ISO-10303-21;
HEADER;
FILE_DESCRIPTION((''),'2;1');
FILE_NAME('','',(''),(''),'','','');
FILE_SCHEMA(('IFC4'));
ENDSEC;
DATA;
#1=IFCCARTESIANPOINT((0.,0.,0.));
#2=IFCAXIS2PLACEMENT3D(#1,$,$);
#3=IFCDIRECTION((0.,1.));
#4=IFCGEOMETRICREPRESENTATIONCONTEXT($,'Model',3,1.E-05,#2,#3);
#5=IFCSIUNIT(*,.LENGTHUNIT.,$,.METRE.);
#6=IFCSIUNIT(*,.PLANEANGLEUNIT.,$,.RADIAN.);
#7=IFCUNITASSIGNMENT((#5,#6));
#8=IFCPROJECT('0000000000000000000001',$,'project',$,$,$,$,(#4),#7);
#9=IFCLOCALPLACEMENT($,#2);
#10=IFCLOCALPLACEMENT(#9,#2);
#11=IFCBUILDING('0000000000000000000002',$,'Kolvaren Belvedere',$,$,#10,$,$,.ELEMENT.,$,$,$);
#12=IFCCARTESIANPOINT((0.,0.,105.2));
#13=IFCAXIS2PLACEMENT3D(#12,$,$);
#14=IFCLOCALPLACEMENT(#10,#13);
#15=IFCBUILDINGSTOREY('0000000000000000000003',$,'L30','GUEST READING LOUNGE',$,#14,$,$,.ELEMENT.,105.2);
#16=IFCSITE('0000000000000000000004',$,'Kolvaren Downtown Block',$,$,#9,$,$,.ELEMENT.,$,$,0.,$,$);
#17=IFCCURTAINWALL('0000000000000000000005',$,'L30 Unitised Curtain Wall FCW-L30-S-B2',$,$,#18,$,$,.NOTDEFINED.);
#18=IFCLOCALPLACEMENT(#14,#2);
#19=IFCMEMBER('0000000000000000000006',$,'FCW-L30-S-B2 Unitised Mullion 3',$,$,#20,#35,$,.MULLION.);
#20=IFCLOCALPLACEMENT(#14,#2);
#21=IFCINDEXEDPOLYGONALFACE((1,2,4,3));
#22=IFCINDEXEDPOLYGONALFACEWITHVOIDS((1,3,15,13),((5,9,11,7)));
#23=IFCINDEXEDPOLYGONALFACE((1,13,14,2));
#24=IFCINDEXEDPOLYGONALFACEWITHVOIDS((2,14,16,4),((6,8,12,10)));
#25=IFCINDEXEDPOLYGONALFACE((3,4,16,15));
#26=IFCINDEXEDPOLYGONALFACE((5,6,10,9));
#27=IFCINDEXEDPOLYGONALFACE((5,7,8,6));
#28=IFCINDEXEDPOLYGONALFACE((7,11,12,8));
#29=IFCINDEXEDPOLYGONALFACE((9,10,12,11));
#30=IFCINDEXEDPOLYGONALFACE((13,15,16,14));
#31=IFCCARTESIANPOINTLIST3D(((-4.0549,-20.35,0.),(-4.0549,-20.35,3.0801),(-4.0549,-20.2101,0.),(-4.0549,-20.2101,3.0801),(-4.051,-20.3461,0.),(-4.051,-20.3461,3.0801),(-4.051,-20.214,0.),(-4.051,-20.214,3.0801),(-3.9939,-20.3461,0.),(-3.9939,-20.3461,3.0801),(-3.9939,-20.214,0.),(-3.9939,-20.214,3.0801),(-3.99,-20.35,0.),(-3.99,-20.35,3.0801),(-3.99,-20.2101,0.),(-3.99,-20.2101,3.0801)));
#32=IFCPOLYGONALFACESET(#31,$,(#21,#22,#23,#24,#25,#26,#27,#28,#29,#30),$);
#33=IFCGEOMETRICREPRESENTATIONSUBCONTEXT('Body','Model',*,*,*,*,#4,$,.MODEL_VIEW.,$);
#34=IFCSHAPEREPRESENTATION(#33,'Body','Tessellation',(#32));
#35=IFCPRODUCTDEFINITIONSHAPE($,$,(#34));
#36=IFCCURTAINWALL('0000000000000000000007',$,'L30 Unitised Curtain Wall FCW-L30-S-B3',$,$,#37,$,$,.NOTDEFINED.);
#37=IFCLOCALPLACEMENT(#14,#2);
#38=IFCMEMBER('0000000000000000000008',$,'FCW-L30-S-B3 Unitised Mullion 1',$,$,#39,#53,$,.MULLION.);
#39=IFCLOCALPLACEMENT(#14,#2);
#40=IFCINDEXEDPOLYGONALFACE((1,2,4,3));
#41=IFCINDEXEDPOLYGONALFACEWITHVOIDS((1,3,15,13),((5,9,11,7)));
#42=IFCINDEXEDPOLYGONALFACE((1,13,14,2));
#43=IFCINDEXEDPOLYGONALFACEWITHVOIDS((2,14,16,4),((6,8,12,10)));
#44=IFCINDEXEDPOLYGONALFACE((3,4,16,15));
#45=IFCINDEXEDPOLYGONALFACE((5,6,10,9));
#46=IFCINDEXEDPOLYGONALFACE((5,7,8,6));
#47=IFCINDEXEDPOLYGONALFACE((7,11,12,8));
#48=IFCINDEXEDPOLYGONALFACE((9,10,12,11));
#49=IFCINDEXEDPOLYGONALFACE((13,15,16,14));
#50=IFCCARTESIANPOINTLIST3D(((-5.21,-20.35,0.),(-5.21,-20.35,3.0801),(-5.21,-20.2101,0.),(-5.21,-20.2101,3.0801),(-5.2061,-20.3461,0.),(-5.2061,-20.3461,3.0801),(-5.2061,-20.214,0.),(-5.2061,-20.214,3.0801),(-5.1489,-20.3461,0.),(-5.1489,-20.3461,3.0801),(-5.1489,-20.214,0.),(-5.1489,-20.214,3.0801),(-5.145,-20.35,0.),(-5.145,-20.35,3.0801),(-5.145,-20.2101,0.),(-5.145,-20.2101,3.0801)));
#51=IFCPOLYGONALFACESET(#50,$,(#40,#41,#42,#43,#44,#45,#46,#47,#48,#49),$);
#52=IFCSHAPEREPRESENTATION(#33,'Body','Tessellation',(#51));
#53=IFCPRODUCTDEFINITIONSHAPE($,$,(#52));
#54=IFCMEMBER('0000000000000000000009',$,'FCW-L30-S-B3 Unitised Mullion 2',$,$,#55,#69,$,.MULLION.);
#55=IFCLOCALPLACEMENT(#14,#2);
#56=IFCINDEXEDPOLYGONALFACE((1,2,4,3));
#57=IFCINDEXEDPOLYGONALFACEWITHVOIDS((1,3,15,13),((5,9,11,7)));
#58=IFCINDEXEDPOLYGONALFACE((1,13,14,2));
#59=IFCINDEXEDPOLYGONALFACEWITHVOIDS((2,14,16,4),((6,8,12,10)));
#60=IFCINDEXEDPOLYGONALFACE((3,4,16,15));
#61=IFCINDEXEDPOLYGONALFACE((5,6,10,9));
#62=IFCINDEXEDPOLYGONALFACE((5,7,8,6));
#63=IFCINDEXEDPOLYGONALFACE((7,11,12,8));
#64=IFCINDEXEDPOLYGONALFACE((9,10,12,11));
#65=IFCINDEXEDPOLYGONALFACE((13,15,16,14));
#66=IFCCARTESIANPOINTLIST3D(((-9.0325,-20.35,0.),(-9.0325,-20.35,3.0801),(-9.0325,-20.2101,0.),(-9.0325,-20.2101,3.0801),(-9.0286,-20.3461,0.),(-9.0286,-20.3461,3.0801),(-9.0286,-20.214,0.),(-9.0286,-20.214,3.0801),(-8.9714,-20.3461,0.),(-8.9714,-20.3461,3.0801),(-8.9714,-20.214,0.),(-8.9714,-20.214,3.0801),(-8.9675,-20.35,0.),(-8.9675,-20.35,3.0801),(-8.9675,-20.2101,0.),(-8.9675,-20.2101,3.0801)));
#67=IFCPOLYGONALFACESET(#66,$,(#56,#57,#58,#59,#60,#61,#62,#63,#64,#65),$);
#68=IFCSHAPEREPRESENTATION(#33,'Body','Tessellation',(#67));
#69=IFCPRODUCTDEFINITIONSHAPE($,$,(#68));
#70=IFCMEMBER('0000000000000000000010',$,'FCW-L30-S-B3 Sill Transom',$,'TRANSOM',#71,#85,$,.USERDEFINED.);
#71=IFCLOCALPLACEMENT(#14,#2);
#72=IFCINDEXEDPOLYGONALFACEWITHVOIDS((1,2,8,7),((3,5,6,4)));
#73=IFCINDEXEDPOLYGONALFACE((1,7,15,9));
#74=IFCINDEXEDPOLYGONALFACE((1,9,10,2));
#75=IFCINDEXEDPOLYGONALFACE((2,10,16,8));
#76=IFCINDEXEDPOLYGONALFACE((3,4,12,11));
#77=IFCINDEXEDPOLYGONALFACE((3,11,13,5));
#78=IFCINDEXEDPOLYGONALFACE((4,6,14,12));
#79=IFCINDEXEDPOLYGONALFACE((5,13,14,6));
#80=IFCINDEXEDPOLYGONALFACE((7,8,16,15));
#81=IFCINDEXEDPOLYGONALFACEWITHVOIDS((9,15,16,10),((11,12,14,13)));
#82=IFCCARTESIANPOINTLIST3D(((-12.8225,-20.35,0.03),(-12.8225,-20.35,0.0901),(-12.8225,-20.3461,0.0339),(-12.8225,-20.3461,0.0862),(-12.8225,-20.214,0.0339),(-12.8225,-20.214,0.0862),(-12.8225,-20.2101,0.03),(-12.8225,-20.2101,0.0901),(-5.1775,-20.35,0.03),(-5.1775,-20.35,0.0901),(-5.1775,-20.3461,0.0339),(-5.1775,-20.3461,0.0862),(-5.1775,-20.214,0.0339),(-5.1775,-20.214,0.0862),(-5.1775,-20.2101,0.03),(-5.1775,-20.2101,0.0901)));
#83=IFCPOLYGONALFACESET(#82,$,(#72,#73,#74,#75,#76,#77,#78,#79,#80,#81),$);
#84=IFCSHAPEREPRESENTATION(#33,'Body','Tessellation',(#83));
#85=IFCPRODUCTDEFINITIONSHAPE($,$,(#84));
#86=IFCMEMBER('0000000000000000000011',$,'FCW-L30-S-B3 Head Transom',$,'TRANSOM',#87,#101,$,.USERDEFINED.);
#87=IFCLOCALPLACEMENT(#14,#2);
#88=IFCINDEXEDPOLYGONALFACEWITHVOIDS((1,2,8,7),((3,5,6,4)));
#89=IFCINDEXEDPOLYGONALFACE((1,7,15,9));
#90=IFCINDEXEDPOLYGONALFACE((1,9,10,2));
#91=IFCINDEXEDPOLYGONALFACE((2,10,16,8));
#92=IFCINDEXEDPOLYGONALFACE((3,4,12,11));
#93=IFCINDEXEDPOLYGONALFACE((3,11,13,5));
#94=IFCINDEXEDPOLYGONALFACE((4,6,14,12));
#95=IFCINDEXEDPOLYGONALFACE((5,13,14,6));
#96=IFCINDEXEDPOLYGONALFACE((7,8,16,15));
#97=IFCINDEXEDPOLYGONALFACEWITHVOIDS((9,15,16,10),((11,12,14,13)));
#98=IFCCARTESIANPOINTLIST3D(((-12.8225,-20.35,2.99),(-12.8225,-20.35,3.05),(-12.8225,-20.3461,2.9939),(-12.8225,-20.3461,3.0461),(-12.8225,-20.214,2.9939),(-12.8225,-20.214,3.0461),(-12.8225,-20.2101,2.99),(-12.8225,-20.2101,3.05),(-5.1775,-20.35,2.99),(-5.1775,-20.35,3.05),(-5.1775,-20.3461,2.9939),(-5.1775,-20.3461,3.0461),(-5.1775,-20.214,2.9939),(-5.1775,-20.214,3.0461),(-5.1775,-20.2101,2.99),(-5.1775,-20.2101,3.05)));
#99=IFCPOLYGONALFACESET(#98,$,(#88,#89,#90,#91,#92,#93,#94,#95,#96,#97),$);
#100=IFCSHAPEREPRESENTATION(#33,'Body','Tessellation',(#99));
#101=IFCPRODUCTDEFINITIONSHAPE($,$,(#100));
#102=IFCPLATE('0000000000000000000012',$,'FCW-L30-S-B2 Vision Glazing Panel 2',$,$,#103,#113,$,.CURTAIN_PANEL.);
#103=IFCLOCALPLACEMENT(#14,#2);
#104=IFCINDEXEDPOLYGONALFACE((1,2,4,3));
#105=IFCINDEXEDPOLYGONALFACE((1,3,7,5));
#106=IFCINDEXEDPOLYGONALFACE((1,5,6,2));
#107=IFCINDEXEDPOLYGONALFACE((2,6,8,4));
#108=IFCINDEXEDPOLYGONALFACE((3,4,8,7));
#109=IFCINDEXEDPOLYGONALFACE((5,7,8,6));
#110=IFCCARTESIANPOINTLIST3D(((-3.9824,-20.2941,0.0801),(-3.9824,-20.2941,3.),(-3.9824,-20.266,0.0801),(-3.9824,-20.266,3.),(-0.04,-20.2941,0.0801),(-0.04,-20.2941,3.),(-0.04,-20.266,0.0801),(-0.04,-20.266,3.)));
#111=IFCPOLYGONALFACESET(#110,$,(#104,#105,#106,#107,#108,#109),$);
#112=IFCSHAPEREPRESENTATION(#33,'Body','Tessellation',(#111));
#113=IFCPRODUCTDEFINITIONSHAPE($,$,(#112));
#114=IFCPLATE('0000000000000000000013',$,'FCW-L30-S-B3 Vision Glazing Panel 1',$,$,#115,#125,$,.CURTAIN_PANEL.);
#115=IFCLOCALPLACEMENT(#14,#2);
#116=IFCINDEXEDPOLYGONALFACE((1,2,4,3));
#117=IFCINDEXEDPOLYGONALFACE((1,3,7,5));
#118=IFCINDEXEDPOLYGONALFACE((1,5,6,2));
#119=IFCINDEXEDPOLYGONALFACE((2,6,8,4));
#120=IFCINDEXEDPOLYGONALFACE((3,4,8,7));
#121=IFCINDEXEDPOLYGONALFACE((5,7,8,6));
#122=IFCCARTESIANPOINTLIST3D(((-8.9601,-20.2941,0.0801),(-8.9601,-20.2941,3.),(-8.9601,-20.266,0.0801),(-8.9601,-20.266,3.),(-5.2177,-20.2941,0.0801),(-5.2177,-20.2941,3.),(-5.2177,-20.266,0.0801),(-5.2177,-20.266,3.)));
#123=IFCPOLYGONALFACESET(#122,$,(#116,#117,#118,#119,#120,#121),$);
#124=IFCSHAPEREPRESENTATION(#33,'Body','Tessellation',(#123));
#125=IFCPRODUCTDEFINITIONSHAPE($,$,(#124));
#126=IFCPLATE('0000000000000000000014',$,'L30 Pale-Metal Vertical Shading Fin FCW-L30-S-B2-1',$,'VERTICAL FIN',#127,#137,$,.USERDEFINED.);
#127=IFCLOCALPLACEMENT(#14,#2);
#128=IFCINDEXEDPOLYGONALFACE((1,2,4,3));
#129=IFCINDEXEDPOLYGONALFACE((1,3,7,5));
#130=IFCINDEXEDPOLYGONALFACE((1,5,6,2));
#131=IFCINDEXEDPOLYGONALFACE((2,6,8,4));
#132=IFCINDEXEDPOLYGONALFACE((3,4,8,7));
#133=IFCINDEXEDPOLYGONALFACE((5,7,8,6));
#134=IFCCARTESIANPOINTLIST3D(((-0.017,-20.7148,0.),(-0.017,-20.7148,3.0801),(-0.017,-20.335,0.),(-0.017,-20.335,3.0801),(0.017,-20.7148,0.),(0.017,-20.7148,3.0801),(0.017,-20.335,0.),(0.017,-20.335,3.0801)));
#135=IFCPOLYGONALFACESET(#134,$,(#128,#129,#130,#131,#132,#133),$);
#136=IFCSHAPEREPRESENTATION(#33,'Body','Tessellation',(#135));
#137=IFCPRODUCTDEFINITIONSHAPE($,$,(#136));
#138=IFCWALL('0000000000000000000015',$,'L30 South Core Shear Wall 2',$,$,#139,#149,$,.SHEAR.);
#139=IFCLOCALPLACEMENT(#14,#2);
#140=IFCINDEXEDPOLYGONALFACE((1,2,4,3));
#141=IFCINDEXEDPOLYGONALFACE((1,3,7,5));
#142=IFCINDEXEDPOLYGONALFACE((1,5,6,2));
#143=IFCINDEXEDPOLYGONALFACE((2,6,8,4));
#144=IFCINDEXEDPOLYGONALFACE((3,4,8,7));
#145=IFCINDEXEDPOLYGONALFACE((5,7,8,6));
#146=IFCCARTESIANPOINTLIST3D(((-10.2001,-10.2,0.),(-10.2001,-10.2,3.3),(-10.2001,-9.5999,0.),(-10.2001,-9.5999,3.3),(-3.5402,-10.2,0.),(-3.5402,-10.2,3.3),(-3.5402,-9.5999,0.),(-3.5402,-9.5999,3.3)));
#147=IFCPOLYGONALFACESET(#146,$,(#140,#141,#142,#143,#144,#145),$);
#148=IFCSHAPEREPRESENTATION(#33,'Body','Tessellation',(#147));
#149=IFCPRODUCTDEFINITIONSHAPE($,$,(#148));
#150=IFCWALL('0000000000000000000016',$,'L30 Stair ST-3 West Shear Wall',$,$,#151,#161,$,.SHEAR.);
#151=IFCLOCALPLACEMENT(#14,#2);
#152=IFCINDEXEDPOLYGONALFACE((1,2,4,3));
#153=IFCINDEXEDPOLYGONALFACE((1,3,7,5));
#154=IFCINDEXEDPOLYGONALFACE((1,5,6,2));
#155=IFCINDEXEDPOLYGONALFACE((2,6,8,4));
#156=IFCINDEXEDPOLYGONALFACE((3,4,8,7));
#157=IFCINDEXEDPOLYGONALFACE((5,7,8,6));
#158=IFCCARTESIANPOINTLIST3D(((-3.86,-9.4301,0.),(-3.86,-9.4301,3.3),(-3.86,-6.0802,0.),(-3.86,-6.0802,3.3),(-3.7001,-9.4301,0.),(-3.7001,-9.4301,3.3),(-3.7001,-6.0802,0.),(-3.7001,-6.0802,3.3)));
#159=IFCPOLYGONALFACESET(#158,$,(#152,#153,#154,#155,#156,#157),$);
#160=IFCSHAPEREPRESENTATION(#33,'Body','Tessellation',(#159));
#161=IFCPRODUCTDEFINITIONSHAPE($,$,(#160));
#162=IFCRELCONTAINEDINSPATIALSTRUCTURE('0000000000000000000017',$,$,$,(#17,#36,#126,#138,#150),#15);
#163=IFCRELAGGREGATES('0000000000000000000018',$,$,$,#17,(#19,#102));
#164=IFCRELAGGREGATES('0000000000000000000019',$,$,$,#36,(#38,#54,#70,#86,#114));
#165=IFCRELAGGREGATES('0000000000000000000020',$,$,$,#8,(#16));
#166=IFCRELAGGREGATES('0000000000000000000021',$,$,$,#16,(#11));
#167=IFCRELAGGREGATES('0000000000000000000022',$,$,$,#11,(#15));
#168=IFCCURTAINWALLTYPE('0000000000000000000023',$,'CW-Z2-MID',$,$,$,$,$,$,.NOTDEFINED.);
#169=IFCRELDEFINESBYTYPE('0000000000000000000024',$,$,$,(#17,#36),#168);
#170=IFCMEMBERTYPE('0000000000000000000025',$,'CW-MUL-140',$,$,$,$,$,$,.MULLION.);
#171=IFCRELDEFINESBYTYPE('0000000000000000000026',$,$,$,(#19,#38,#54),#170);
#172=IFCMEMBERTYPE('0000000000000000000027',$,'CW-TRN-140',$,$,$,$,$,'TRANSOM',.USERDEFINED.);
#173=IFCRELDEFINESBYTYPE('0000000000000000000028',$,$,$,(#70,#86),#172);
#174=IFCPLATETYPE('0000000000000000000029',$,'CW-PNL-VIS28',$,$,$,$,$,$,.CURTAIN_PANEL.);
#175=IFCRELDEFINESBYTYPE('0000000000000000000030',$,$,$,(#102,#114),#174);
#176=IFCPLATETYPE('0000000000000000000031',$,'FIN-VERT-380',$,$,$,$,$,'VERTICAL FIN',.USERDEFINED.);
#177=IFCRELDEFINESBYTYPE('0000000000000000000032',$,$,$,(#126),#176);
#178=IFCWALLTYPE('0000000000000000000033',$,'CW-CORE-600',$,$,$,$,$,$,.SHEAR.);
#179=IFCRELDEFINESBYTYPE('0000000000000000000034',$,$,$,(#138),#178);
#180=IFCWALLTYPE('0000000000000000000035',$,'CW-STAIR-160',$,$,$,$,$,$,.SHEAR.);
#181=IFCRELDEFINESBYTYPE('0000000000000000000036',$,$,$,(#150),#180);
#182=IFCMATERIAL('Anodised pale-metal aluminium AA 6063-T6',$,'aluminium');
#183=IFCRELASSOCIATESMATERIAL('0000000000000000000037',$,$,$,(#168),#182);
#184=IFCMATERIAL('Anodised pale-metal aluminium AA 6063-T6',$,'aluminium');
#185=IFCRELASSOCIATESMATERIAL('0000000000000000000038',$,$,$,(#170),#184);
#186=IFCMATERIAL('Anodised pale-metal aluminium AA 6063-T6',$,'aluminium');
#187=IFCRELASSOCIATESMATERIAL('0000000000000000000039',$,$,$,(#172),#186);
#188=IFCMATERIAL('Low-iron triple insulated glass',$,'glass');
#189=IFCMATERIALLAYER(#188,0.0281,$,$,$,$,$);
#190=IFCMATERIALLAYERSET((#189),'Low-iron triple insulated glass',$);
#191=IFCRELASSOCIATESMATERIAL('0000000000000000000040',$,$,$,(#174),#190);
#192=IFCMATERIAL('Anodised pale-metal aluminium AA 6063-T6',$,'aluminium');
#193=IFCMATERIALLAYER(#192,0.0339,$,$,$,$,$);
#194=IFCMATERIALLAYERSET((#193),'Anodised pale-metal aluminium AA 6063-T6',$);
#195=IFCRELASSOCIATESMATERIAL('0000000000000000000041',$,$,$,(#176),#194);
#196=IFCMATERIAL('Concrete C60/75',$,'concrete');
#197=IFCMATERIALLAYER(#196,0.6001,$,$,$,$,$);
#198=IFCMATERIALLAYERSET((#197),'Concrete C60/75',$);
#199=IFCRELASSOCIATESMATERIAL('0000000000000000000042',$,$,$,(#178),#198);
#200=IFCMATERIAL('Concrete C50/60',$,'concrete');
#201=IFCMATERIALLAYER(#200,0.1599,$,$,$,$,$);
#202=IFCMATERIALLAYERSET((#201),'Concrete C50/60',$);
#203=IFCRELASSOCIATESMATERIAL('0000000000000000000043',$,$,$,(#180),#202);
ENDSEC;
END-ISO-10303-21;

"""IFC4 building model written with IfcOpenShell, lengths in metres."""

from ifc_helpers import new_model, si_unit, direction, frame, frame_2d, origin, origin_2d, place, context, subcontext, project, spatial, rectangle, hollow_rectangle, extrude, material, layer, layer_set, material_profile, profile_set, type_object, element, aggregate, save


model = new_model("IFC4")

# Units and contexts
model_context = context("Model", 3, precision=1e-05, world=origin(), true_north=direction((0.0, 1.0)))
body_context = subcontext(model_context, "Body", "Model", "MODEL_VIEW")
ifc_project = project(units=[si_unit("LENGTHUNIT", "METRE"), si_unit("PLANEANGLEUNIT", "RADIAN")], contexts=[model_context])

# Site, building, storey
site_placement = place(None, origin())
site = spatial("IfcSite", under=ifc_project, at=site_placement, Name="Kolvaren Downtown Block", CompositionType="ELEMENT", RefElevation=0.0)
building_placement = place(site_placement, origin())
building = spatial("IfcBuilding", under=site, at=building_placement, Name="Kolvaren Belvedere", CompositionType="ELEMENT")
storey_placement = place(building_placement, frame((0.0, 0.0, 105.2)))
storey = spatial("IfcBuildingStorey", under=building, at=storey_placement, Name="L30", Description="GUEST READING LOUNGE", CompositionType="ELEMENT", Elevation=105.2)

# Curtain walls, members
ifc_material_1 = material(Name="Anodised pale-metal aluminium AA 6063-T6", Category="aluminium")
curtain_wall_type = type_object("IfcCurtainWallType", Name="CW-Z2-MID", PredefinedType="NOTDEFINED", material=ifc_material_1)
curtain_wall_1_placement = place(storey_placement, origin())
curtain_wall_1 = element("IfcCurtainWall", 1, at=curtain_wall_1_placement, inside=storey, type_object=curtain_wall_type, Name="L30 Unitised Curtain Wall FCW-L30-S-B2", PredefinedType="NOTDEFINED")
ifc_material_2 = material(Name="Anodised pale-metal aluminium AA 6063-T6", Category="aluminium")
ifc_material_profile_1 = material_profile(ifc_material_2, hollow_rectangle(XDim=0.0649, YDim=0.1399, WallThickness=0.0039, at=origin_2d()), Name="ALU-MUL-140X65")
ifc_profile_set_1 = profile_set([ifc_material_profile_1], Name="Anodised pale-metal aluminium AA 6063-T6")
member_type_1 = type_object("IfcMemberType", Name="CW-MUL-140", PredefinedType="MULLION", material=ifc_profile_set_1)
member_1_placement = place(storey_placement, frame((-4.0225, -20.28, 0.0), z_axis=(0.0, 0.0, 1.0), x_axis=(1.0, 0.0, 0.0)))
member_1 = element("IfcMember", 2, at=member_1_placement, type_object=member_type_1, Name="FCW-L30-S-B2 Unitised Mullion 3", PredefinedType="MULLION", context=body_context, shape_type="SweptSolid", body=[
    extrude(hollow_rectangle(XDim=0.0649, YDim=0.1399, WallThickness=0.0039, at=origin_2d()), origin(), (0.0, 0.0, 1.0), 3.0801),
])
curtain_wall_2_placement = place(storey_placement, origin())
curtain_wall_2 = element("IfcCurtainWall", 3, at=curtain_wall_2_placement, inside=storey, type_object=curtain_wall_type, Name="L30 Unitised Curtain Wall FCW-L30-S-B3", PredefinedType="NOTDEFINED")
member_2_placement = place(storey_placement, frame((-5.1775, -20.28, 0.0), z_axis=(0.0, 0.0, 1.0), x_axis=(1.0, 0.0, 0.0)))
member_2 = element("IfcMember", 4, at=member_2_placement, type_object=member_type_1, Name="FCW-L30-S-B3 Unitised Mullion 1", PredefinedType="MULLION", context=body_context, shape_type="SweptSolid", body=[
    extrude(hollow_rectangle(XDim=0.0649, YDim=0.1399, WallThickness=0.0039, at=origin_2d()), origin(), (0.0, 0.0, 1.0), 3.0801),
])
member_3_placement = place(storey_placement, frame((-9.0, -20.28, 0.0), z_axis=(0.0, 0.0, 1.0), x_axis=(1.0, 0.0, 0.0)))
member_3 = element("IfcMember", 5, at=member_3_placement, type_object=member_type_1, Name="FCW-L30-S-B3 Unitised Mullion 2", PredefinedType="MULLION", context=body_context, shape_type="SweptSolid", body=[
    extrude(hollow_rectangle(XDim=0.0649, YDim=0.1399, WallThickness=0.0039, at=origin_2d()), origin(), (0.0, 0.0, 1.0), 3.0801),
])
ifc_material_3 = material(Name="Anodised pale-metal aluminium AA 6063-T6", Category="aluminium")
ifc_material_profile_2 = material_profile(ifc_material_3, hollow_rectangle(XDim=0.0601, YDim=0.1399, WallThickness=0.0039, at=origin_2d()), Name="ALU-TRN-140X60")
ifc_profile_set_2 = profile_set([ifc_material_profile_2], Name="Anodised pale-metal aluminium AA 6063-T6")
member_type_2 = type_object("IfcMemberType", Name="CW-TRN-140", ElementType="TRANSOM", PredefinedType="USERDEFINED", material=ifc_profile_set_2)
member_4_placement = place(storey_placement, frame((-5.1775, -20.28, 0.0601), z_axis=(-1.0, 0.0, 0.0), x_axis=(0.0, 0.0, 1.0)))
member_4 = element("IfcMember", 6, at=member_4_placement, type_object=member_type_2, Name="FCW-L30-S-B3 Sill Transom", ObjectType="TRANSOM", PredefinedType="USERDEFINED", context=body_context, shape_type="SweptSolid", body=[
    extrude(hollow_rectangle(XDim=0.0601, YDim=0.1399, WallThickness=0.0039, at=origin_2d()), origin(), (0.0, 0.0, 1.0), 7.645),
])
member_5_placement = place(storey_placement, frame((-5.1775, -20.28, 3.02), z_axis=(-1.0, 0.0, 0.0), x_axis=(0.0, 0.0, 1.0)))
member_5 = element("IfcMember", 7, at=member_5_placement, type_object=member_type_2, Name="FCW-L30-S-B3 Head Transom", ObjectType="TRANSOM", PredefinedType="USERDEFINED", context=body_context, shape_type="SweptSolid", body=[
    extrude(hollow_rectangle(XDim=0.0601, YDim=0.1399, WallThickness=0.0039, at=origin_2d()), origin(), (0.0, 0.0, 1.0), 7.645),
])

# Plates
ifc_material_4 = material(Name="Low-iron triple insulated glass", Category="glass")
ifc_layer_1 = layer(ifc_material_4, 0.0281)
ifc_layer_set_1 = layer_set([ifc_layer_1], Name="Low-iron triple insulated glass")
plate_type_1 = type_object("IfcPlateType", Name="CW-PNL-VIS28", PredefinedType="CURTAIN_PANEL", material=ifc_layer_set_1)
plate_1_placement = place(storey_placement, frame((-2.0112, -20.28, 0.0801), z_axis=(0.0, 0.0, 1.0), x_axis=(-1.0, 0.0, 0.0)))
plate_1 = element("IfcPlate", 8, at=plate_1_placement, type_object=plate_type_1, Name="FCW-L30-S-B2 Vision Glazing Panel 2", PredefinedType="CURTAIN_PANEL", context=body_context, shape_type="SweptSolid", body=[
    extrude(rectangle(XDim=3.9424, YDim=0.0281, at=origin_2d()), origin(), (0.0, 0.0, 1.0), 2.9199),
])
aggregate(curtain_wall_1, [member_1, plate_1])
plate_2_placement = place(storey_placement, frame((-7.0889, -20.28, 0.0801), z_axis=(0.0, 0.0, 1.0), x_axis=(-1.0, 0.0, 0.0)))
plate_2 = element("IfcPlate", 9, at=plate_2_placement, type_object=plate_type_1, Name="FCW-L30-S-B3 Vision Glazing Panel 1", PredefinedType="CURTAIN_PANEL", context=body_context, shape_type="SweptSolid", body=[
    extrude(rectangle(XDim=3.7424, YDim=0.0281, at=origin_2d()), origin(), (0.0, 0.0, 1.0), 2.9199),
])
aggregate(curtain_wall_2, [member_2, member_3, member_4, member_5, plate_2])
ifc_material_5 = material(Name="Anodised pale-metal aluminium AA 6063-T6", Category="aluminium")
ifc_layer_2 = layer(ifc_material_5, 0.0339)
ifc_layer_set_2 = layer_set([ifc_layer_2], Name="Anodised pale-metal aluminium AA 6063-T6")
plate_type_2 = type_object("IfcPlateType", Name="FIN-VERT-380", ElementType="VERTICAL FIN", PredefinedType="USERDEFINED", material=ifc_layer_set_2)
plate_3_placement = place(storey_placement, frame((0.0, -20.5249, 0.0), z_axis=(0.0, 0.0, 1.0), x_axis=(0.0, 1.0, 0.0)))
element("IfcPlate", 10, at=plate_3_placement, inside=storey, type_object=plate_type_2, Name="L30 Pale-Metal Vertical Shading Fin FCW-L30-S-B2-1", ObjectType="VERTICAL FIN", PredefinedType="USERDEFINED", context=body_context, shape_type="SweptSolid", body=[
    extrude(rectangle(XDim=0.3799, YDim=0.0339, at=origin_2d()), origin(), (0.0, 0.0, 1.0), 3.0801),
])

# Walls
ifc_material_6 = material(Name="Concrete C60/75", Category="concrete")
ifc_layer_3 = layer(ifc_material_6, 0.6001)
ifc_layer_set_3 = layer_set([ifc_layer_3], Name="Concrete C60/75")
wall_type_1 = type_object("IfcWallType", Name="CW-CORE-600", PredefinedType="SHEAR", material=ifc_layer_set_3)
wall_1_placement = place(storey_placement, frame((-3.54, -9.8999, 0.0), z_axis=(0.0, 0.0, 1.0), x_axis=(-1.0, 0.0, 0.0)))
element("IfcWall", 11, at=wall_1_placement, inside=storey, type_object=wall_type_1, Name="L30 South Core Shear Wall 2", PredefinedType="SHEAR", context=body_context, shape_type="SweptSolid", body=[
    extrude(rectangle(XDim=6.6599, YDim=0.6001, at=frame_2d((3.3301, 0.0))), origin(), (0.0, 0.0, 1.0), 3.3),
])
ifc_material_7 = material(Name="Concrete C50/60", Category="concrete")
ifc_layer_4 = layer(ifc_material_7, 0.1599)
ifc_layer_set_4 = layer_set([ifc_layer_4], Name="Concrete C50/60")
wall_type_2 = type_object("IfcWallType", Name="CW-STAIR-160", PredefinedType="SHEAR", material=ifc_layer_set_4)
wall_2_placement = place(storey_placement, frame((-3.78, -9.4299, 0.0), z_axis=(0.0, 0.0, 1.0), x_axis=(0.0, 1.0, 0.0)))
element("IfcWall", 12, at=wall_2_placement, inside=storey, type_object=wall_type_2, Name="L30 Stair ST-3 West Shear Wall", PredefinedType="SHEAR", context=body_context, shape_type="SweptSolid", body=[
    extrude(rectangle(XDim=3.3499, YDim=0.1599, at=frame_2d((1.6748, 0.0))), origin(), (0.0, 0.0, 1.0), 3.3),
])

save(model, "model.ifc")
